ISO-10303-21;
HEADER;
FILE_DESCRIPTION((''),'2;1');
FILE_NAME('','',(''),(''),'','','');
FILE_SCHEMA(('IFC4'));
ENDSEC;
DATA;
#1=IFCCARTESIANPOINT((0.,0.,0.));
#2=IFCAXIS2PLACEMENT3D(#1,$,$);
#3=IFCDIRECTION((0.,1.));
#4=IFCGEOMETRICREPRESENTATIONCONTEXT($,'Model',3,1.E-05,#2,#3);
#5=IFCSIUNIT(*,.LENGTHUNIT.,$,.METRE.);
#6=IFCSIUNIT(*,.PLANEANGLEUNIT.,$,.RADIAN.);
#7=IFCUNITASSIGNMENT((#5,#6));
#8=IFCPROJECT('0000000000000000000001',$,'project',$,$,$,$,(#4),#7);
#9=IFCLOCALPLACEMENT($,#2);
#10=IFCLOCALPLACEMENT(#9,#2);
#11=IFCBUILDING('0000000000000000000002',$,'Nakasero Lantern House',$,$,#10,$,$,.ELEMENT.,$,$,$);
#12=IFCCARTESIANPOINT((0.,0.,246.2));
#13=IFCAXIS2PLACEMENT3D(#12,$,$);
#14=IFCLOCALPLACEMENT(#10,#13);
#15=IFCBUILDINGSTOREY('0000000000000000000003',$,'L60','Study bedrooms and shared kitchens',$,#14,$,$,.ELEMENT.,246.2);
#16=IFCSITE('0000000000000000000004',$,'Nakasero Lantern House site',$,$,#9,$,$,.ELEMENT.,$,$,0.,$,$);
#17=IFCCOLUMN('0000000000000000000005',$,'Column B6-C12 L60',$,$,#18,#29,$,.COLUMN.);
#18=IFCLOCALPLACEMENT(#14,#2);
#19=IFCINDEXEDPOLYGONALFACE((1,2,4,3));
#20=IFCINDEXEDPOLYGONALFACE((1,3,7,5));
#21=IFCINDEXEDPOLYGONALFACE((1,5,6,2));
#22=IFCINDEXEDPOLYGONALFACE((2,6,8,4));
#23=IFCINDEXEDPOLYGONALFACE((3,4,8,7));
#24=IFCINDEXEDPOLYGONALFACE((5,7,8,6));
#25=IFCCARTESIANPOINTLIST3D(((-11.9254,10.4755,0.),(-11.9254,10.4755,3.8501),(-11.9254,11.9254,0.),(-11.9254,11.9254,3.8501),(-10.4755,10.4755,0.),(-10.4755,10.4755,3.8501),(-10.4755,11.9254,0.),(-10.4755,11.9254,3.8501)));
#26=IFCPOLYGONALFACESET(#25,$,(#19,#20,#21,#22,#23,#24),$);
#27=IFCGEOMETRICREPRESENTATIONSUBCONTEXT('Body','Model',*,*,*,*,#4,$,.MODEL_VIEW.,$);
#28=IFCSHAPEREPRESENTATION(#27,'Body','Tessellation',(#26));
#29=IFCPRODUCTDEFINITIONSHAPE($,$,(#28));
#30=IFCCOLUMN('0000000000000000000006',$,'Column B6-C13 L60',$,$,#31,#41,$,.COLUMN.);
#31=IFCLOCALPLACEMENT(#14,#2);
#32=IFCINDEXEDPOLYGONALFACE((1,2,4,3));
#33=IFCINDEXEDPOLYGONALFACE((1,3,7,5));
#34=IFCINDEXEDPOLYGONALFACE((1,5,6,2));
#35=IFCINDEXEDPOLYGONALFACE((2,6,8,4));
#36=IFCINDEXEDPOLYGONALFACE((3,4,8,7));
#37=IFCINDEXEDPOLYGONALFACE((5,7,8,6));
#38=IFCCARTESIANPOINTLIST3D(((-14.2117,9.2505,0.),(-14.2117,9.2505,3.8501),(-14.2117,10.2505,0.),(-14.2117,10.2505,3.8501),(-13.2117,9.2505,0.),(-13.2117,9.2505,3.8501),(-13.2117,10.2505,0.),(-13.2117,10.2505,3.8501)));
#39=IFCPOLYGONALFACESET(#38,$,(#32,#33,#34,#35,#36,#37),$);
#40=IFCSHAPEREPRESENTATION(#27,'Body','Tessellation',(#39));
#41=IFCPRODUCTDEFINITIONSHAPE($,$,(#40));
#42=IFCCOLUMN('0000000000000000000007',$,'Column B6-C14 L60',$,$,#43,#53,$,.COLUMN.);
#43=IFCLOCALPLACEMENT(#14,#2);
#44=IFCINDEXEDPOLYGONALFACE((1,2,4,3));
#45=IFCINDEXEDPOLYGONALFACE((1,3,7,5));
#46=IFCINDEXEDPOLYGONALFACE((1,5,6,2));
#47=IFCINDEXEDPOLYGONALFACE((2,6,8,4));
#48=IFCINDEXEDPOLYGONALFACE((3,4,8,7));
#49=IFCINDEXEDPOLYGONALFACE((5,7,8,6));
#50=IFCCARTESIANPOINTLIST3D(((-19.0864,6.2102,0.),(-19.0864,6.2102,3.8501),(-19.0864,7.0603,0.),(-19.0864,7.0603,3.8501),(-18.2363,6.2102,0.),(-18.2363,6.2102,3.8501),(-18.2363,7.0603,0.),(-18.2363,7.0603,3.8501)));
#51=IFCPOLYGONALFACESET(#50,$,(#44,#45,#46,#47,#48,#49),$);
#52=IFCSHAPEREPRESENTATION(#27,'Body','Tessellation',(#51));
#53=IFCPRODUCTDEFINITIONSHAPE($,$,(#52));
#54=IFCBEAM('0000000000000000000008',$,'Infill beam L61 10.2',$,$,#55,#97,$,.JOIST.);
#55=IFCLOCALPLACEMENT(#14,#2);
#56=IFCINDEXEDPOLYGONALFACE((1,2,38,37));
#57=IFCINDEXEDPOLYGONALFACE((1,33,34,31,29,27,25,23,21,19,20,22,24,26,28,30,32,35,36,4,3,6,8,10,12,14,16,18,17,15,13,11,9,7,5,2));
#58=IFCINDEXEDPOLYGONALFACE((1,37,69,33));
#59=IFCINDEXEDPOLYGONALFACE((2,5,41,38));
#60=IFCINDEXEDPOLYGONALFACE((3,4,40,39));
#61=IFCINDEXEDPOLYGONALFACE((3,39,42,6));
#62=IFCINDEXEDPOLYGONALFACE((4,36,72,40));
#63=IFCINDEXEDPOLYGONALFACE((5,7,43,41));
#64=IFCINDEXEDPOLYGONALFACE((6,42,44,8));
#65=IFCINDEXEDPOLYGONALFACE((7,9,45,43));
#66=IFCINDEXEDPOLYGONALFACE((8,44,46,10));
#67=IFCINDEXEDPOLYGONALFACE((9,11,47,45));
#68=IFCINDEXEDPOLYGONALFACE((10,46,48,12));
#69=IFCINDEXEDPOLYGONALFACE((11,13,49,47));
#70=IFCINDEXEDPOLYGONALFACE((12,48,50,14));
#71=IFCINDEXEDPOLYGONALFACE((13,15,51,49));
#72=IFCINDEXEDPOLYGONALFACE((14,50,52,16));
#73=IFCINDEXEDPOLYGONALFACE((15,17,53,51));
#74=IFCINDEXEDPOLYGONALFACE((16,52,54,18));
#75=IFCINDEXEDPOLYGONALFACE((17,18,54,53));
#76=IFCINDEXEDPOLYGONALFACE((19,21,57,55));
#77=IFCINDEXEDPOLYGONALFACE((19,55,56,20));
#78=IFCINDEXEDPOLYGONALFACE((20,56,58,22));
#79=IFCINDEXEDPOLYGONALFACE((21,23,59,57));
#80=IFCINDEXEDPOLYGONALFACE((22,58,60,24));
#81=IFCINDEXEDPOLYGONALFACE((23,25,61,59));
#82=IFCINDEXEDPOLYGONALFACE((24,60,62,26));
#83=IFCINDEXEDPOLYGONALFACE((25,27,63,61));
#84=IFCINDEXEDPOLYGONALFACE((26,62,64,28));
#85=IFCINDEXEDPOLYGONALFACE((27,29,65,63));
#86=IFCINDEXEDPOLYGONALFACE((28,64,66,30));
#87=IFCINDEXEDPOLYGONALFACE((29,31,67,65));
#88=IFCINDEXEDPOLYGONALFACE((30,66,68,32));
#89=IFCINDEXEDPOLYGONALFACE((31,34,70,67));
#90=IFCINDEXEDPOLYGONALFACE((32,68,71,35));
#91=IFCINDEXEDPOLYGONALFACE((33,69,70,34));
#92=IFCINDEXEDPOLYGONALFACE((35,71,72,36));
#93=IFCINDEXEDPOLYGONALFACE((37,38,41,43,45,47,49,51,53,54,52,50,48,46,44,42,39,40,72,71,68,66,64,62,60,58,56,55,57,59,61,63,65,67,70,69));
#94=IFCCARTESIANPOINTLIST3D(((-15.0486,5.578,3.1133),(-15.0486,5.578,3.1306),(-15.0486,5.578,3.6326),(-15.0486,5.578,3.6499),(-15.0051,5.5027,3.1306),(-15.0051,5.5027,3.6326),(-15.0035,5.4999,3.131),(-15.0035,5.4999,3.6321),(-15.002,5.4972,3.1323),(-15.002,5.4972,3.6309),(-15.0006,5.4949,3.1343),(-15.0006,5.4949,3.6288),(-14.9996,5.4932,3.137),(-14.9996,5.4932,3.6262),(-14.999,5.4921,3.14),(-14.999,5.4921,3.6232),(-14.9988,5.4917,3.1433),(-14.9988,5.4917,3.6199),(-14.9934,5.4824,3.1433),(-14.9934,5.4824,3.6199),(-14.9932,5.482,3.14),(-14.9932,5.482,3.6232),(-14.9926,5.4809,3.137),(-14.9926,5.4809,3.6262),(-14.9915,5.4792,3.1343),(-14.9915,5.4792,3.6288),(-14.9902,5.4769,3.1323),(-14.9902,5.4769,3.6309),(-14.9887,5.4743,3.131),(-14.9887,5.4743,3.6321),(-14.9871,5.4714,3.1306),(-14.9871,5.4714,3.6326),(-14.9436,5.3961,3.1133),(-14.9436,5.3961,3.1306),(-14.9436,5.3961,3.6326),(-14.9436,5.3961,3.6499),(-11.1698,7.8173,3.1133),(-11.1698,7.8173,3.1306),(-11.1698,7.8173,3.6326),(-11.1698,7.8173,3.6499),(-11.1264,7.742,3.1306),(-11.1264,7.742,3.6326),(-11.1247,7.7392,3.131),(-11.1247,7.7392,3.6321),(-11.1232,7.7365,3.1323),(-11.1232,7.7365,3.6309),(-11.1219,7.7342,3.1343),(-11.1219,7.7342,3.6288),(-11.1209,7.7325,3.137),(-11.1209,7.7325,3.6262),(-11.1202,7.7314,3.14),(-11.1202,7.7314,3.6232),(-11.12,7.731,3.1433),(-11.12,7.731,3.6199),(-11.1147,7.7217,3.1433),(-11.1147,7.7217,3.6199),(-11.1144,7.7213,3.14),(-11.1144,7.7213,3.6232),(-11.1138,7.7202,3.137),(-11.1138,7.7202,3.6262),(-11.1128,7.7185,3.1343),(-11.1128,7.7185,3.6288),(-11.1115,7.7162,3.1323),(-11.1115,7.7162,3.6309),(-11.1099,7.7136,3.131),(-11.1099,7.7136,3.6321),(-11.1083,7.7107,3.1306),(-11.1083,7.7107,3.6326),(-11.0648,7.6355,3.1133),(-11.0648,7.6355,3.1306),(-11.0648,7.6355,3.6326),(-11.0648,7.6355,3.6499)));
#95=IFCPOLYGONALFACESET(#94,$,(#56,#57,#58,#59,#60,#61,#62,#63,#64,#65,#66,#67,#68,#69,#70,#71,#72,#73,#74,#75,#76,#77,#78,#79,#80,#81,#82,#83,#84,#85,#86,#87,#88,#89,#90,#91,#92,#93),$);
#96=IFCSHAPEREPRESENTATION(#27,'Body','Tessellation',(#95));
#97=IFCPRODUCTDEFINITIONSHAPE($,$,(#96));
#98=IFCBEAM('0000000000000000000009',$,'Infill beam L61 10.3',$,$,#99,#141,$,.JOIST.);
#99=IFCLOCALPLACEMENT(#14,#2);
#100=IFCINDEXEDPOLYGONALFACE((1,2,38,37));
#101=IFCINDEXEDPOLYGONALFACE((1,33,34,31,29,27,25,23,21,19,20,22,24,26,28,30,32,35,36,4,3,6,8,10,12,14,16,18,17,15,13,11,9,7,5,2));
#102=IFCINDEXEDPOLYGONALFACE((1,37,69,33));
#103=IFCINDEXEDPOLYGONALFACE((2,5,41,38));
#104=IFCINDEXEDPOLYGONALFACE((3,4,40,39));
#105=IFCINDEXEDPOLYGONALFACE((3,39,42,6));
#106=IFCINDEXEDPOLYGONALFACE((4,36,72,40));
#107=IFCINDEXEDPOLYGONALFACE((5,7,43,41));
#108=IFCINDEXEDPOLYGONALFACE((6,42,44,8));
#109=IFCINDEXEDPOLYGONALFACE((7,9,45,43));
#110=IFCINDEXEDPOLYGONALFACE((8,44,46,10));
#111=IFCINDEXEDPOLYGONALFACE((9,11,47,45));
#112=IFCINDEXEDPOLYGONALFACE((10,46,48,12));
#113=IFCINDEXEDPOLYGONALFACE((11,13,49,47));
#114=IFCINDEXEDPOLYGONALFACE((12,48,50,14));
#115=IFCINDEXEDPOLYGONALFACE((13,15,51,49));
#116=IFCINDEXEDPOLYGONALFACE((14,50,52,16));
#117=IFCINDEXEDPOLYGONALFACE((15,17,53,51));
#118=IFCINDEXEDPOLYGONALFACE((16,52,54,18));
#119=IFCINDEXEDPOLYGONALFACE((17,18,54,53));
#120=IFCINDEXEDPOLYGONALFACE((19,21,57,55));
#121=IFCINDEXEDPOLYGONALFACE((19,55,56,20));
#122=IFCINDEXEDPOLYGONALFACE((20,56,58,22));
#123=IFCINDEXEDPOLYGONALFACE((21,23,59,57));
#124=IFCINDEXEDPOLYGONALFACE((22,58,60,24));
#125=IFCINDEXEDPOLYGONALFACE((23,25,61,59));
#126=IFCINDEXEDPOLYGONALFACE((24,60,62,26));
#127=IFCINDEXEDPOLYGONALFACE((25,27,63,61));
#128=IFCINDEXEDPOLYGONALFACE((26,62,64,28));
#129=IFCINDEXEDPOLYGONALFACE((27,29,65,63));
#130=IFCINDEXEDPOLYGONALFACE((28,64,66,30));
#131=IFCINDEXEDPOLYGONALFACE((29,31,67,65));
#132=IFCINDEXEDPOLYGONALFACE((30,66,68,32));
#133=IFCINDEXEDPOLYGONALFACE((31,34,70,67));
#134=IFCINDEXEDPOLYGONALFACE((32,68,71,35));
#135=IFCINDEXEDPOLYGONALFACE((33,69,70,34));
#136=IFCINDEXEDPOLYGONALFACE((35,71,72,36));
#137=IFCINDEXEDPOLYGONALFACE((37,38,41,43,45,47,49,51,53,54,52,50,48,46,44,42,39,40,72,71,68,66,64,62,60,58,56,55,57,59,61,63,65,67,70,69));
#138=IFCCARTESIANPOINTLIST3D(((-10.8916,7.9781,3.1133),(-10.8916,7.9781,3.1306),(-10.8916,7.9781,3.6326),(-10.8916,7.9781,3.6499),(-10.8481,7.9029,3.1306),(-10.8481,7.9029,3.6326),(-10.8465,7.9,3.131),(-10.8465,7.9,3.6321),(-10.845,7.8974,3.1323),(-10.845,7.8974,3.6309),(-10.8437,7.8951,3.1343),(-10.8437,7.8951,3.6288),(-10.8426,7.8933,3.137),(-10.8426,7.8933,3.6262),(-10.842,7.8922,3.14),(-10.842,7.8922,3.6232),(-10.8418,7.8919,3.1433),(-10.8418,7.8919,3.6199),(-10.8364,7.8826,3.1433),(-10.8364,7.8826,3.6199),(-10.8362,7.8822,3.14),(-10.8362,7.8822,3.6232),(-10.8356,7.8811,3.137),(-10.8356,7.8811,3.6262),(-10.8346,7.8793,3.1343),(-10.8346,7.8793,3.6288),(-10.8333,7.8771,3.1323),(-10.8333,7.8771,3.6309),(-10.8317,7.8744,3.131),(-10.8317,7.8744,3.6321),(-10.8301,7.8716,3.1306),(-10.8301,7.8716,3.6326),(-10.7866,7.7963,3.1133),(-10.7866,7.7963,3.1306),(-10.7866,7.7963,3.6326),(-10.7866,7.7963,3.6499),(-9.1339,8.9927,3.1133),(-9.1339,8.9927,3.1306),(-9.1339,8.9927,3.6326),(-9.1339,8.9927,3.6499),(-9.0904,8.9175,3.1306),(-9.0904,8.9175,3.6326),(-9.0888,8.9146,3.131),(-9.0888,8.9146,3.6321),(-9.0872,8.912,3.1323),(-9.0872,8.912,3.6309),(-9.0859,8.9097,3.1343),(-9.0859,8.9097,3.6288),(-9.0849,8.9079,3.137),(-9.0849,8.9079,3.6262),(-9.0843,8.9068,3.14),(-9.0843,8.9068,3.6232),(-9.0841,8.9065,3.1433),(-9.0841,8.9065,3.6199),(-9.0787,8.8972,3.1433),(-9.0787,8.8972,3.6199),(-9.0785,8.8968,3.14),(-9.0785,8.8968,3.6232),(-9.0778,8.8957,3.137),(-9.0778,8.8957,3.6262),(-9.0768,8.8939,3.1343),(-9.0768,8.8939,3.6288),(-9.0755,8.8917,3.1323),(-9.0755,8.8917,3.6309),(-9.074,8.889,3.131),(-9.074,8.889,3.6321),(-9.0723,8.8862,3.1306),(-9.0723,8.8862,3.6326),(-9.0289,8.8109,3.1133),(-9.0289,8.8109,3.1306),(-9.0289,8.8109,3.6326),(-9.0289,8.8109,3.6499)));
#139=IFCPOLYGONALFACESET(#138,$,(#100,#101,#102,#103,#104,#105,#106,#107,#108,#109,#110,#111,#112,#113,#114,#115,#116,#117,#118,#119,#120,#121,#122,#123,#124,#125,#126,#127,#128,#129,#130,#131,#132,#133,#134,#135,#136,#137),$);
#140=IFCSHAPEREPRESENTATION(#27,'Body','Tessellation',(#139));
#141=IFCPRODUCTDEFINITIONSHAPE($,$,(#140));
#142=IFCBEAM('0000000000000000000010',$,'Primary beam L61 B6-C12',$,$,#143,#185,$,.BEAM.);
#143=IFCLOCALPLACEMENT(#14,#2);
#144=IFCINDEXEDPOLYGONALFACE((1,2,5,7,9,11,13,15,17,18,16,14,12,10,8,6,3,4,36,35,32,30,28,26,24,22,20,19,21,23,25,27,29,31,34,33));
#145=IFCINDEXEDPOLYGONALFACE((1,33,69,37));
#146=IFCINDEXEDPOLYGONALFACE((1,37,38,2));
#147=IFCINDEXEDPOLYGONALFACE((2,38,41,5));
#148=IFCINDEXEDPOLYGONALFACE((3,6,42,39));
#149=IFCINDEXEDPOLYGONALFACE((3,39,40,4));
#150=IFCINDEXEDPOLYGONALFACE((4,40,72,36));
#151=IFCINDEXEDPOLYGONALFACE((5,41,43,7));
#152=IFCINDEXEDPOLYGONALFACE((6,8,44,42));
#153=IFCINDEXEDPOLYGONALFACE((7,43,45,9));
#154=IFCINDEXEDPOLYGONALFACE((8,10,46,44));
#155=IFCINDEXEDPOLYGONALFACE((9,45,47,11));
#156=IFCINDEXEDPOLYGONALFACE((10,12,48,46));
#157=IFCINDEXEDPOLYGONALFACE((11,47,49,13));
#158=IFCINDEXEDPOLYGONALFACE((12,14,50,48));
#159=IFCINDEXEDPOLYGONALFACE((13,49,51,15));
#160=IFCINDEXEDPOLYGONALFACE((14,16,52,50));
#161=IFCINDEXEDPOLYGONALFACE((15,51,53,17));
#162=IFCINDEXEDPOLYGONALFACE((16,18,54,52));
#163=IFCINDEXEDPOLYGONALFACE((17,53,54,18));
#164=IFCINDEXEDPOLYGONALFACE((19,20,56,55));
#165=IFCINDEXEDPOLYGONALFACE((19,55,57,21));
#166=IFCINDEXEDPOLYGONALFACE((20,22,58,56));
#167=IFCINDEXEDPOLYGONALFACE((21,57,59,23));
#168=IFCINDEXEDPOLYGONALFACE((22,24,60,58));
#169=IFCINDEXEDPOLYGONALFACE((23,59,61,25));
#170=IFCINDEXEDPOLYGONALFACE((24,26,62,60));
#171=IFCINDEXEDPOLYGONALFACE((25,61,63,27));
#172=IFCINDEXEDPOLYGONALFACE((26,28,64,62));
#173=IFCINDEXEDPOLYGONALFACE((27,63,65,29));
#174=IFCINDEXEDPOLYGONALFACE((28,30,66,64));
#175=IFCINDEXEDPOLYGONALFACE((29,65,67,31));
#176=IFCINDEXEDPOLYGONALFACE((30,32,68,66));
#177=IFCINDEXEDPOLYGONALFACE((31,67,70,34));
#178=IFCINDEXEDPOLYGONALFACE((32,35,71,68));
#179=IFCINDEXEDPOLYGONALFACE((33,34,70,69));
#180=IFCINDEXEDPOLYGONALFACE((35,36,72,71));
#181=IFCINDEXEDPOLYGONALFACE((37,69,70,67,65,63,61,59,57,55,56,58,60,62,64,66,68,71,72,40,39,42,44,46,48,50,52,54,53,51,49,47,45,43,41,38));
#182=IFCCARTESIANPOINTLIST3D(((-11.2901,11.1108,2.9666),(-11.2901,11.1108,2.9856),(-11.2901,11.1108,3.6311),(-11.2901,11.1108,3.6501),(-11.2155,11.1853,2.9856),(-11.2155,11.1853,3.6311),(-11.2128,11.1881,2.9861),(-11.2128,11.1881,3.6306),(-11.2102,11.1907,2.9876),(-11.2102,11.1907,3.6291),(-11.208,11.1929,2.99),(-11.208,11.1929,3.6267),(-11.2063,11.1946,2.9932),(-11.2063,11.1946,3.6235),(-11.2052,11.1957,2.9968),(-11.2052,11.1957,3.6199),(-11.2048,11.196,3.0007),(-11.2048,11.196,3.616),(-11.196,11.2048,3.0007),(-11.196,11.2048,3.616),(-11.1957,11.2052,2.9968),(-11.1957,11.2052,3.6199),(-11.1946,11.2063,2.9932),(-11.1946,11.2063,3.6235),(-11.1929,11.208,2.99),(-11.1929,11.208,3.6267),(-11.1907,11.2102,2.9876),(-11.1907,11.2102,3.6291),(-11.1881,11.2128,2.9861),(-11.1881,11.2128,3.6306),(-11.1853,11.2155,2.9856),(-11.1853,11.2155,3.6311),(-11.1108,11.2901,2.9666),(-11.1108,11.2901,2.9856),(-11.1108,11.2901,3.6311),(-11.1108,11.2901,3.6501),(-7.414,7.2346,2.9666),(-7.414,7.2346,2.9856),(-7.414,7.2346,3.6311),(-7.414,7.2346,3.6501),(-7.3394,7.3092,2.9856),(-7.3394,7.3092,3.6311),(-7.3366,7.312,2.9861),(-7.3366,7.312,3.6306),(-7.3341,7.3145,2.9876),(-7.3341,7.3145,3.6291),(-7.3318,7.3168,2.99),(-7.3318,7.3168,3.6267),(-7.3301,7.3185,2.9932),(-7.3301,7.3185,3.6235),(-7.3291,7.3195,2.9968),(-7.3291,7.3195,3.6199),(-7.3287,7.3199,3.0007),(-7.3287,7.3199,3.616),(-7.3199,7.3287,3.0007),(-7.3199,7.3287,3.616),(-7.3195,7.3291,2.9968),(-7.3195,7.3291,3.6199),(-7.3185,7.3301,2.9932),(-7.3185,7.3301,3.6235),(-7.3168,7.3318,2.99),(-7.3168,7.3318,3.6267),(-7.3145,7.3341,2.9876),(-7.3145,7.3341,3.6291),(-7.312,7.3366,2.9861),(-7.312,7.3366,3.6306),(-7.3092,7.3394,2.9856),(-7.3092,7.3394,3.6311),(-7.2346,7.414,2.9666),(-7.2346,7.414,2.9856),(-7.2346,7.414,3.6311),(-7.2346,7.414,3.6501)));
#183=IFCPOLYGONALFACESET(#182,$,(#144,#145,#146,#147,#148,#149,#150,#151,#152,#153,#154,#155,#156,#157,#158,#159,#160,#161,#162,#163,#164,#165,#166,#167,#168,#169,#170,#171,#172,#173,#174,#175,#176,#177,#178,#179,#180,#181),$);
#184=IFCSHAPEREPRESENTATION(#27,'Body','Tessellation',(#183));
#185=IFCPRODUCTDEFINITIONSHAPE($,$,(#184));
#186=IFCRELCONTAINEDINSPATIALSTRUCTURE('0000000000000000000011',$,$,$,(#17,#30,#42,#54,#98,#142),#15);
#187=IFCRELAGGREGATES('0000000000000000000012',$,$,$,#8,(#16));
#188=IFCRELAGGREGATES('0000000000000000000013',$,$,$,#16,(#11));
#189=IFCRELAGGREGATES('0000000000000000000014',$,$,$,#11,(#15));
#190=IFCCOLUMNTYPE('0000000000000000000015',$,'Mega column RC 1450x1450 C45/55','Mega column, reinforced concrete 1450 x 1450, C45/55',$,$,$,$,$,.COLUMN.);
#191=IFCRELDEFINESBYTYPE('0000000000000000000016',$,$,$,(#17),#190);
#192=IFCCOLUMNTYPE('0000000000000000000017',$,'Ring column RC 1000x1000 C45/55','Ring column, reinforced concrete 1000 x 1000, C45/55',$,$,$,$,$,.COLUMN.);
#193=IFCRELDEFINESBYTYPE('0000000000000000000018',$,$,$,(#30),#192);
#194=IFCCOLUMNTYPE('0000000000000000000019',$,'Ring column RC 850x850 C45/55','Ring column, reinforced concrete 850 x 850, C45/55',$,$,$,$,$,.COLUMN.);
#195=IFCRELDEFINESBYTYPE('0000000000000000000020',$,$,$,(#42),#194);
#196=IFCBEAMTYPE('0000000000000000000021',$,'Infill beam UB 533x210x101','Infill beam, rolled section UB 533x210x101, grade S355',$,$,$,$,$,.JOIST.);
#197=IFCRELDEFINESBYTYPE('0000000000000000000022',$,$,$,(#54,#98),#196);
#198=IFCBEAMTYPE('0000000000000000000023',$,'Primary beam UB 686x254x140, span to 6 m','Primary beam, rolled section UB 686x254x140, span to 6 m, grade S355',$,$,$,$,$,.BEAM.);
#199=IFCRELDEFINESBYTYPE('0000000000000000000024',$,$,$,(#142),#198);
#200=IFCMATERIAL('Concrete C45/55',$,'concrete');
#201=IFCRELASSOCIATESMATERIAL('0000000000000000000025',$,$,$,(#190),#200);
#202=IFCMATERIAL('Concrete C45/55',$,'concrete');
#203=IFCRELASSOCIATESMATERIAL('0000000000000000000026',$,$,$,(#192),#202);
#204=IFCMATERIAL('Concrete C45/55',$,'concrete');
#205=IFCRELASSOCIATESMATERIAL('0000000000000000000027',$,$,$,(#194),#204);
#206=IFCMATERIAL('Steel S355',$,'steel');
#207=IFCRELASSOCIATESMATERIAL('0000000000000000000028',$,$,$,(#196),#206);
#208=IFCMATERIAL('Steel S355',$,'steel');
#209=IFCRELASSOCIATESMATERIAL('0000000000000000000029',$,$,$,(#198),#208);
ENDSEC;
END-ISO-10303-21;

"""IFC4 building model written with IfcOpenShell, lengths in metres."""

from ifc_helpers import new_model, si_unit, direction, frame, origin, origin_2d, place, context, subcontext, project, spatial, rectangle, i_section, extrude, material, material_profile, profile_set, type_object, element, save


model = new_model("IFC4")

# Units and contexts
model_context = context("Model", 3, precision=1e-05, world=origin(), true_north=direction((0.0, 1.0)))
body_context = subcontext(model_context, "Body", "Model", "MODEL_VIEW")
ifc_project = project(units=[si_unit("LENGTHUNIT", "METRE"), si_unit("PLANEANGLEUNIT", "RADIAN")], contexts=[model_context])

# Site, building, storey
site_placement = place(None, origin())
site = spatial("IfcSite", under=ifc_project, at=site_placement, Name="Nakasero Lantern House site", CompositionType="ELEMENT", RefElevation=0.0)
building_placement = place(site_placement, origin())
building = spatial("IfcBuilding", under=site, at=building_placement, Name="Nakasero Lantern House", CompositionType="ELEMENT")
storey_placement = place(building_placement, frame((0.0, 0.0, 246.2)))
storey = spatial("IfcBuildingStorey", under=building, at=storey_placement, Name="L60", Description="Study bedrooms and shared kitchens", CompositionType="ELEMENT", Elevation=246.2)

# Columns
ifc_material_1 = material(Name="Concrete C45/55", Category="concrete")
ifc_material_profile_1 = material_profile(ifc_material_1, rectangle(XDim=1.45, YDim=1.45, at=origin_2d()), Name="RC 1450x1450")
ifc_profile_set_1 = profile_set([ifc_material_profile_1], Name="Concrete C45/55")
column_type_1 = type_object("IfcColumnType", Name="Mega column RC 1450x1450 C45/55", Description="Mega column, reinforced concrete 1450 x 1450, C45/55", PredefinedType="COLUMN", material=ifc_profile_set_1)
column_1_placement = place(storey_placement, frame((-11.2004, 11.2004, 0.0), z_axis=(0.0, 0.0, 1.0), x_axis=(1.0, 0.0, 0.0)))
element("IfcColumn", 1, at=column_1_placement, inside=storey, type_object=column_type_1, Name="Column B6-C12 L60", PredefinedType="COLUMN", context=body_context, shape_type="SweptSolid", body=[
    extrude(rectangle(XDim=1.45, YDim=1.45, at=origin_2d()), origin(), (0.0, 0.0, 1.0), 3.8501),
])
ifc_material_2 = material(Name="Concrete C45/55", Category="concrete")
ifc_material_profile_2 = material_profile(ifc_material_2, rectangle(XDim=1.0, YDim=1.0, at=origin_2d()), Name="RC 1000x1000")
ifc_profile_set_2 = profile_set([ifc_material_profile_2], Name="Concrete C45/55")
column_type_2 = type_object("IfcColumnType", Name="Ring column RC 1000x1000 C45/55", Description="Ring column, reinforced concrete 1000 x 1000, C45/55", PredefinedType="COLUMN", material=ifc_profile_set_2)
column_2_placement = place(storey_placement, frame((-13.7117, 9.7505, 0.0), z_axis=(0.0, 0.0, 1.0), x_axis=(1.0, 0.0, 0.0)))
element("IfcColumn", 2, at=column_2_placement, inside=storey, type_object=column_type_2, Name="Column B6-C13 L60", PredefinedType="COLUMN", context=body_context, shape_type="SweptSolid", body=[
    extrude(rectangle(XDim=1.0, YDim=1.0, at=origin_2d()), origin(), (0.0, 0.0, 1.0), 3.8501),
])
ifc_material_3 = material(Name="Concrete C45/55", Category="concrete")
ifc_material_profile_3 = material_profile(ifc_material_3, rectangle(XDim=0.8501, YDim=0.8501, at=origin_2d()), Name="RC 850x850")
ifc_profile_set_3 = profile_set([ifc_material_profile_3], Name="Concrete C45/55")
column_type_3 = type_object("IfcColumnType", Name="Ring column RC 850x850 C45/55", Description="Ring column, reinforced concrete 850 x 850, C45/55", PredefinedType="COLUMN", material=ifc_profile_set_3)
column_3_placement = place(storey_placement, frame((-18.6614, 6.6353, 0.0), z_axis=(0.0, 0.0, 1.0), x_axis=(1.0, 0.0, 0.0)))
element("IfcColumn", 3, at=column_3_placement, inside=storey, type_object=column_type_3, Name="Column B6-C14 L60", PredefinedType="COLUMN", context=body_context, shape_type="SweptSolid", body=[
    extrude(rectangle(XDim=0.8501, YDim=0.8501, at=origin_2d()), origin(), (0.0, 0.0, 1.0), 3.8501),
])

# Beams
ifc_material_4 = material(Name="Steel S355", Category="steel")
ifc_material_profile_4 = material_profile(ifc_material_4, i_section(OverallWidth=0.21, OverallDepth=0.5366, WebThickness=0.0107, FlangeThickness=0.0173, FilletRadius=0.0127, at=origin_2d()), Name="UB 533x210x101")
ifc_profile_set_4 = profile_set([ifc_material_profile_4], Name="Steel S355")
beam_type_1 = type_object("IfcBeamType", Name="Infill beam UB 533x210x101", Description="Infill beam, rolled section UB 533x210x101, grade S355", PredefinedType="JOIST", material=ifc_profile_set_4)
beam_1_placement = place(storey_placement, frame((-14.9961, 5.4871, 3.3816), z_axis=(0.866034, 0.499985, 0.0), x_axis=(-0.499985, 0.866034, 0.0)))
element("IfcBeam", 4, at=beam_1_placement, inside=storey, type_object=beam_type_1, Name="Infill beam L61 10.2", PredefinedType="JOIST", context=body_context, shape_type="SweptSolid", body=[
    extrude(i_section(OverallWidth=0.21, OverallDepth=0.5366, WebThickness=0.0107, FlangeThickness=0.0173, FilletRadius=0.0127, at=origin_2d()), origin(), (0.0, 0.0, 1.0), 4.4788),
])
beam_2_placement = place(storey_placement, frame((-10.8391, 7.8872, 3.3816), z_axis=(0.866073, 0.499917, 0.0), x_axis=(-0.499917, 0.866073, 0.0)))
element("IfcBeam", 5, at=beam_2_placement, inside=storey, type_object=beam_type_1, Name="Infill beam L61 10.3", PredefinedType="JOIST", context=body_context, shape_type="SweptSolid", body=[
    extrude(i_section(OverallWidth=0.21, OverallDepth=0.5366, WebThickness=0.0107, FlangeThickness=0.0173, FilletRadius=0.0127, at=origin_2d()), origin(), (0.0, 0.0, 1.0), 2.0295),
])
ifc_material_5 = material(Name="Steel S355", Category="steel")
ifc_material_profile_5 = material_profile(ifc_material_5, i_section(OverallWidth=0.2537, OverallDepth=0.6836, WebThickness=0.0125, FlangeThickness=0.019, FilletRadius=0.0151, at=origin_2d()), Name="UB 686x254x140")
ifc_profile_set_5 = profile_set([ifc_material_profile_5], Name="Steel S355")
beam_type_2 = type_object("IfcBeamType", Name="Primary beam UB 686x254x140, span to 6 m", Description="Primary beam, rolled section UB 686x254x140, span to 6 m, grade S355", PredefinedType="BEAM", material=ifc_profile_set_5)
beam_3_placement = place(storey_placement, frame((-11.2004, 11.2004, 3.3083), z_axis=(0.707107, -0.707107, 0.0), x_axis=(0.707107, 0.707107, 0.0)))
element("IfcBeam", 6, at=beam_3_placement, inside=storey, type_object=beam_type_2, Name="Primary beam L61 B6-C12", PredefinedType="BEAM", context=body_context, shape_type="SweptSolid", body=[
    extrude(i_section(OverallWidth=0.2537, OverallDepth=0.6836, WebThickness=0.0125, FlangeThickness=0.019, FilletRadius=0.0151, at=origin_2d()), origin(), (0.0, 0.0, 1.0), 5.4817),
])

save(model, "model.ifc")
